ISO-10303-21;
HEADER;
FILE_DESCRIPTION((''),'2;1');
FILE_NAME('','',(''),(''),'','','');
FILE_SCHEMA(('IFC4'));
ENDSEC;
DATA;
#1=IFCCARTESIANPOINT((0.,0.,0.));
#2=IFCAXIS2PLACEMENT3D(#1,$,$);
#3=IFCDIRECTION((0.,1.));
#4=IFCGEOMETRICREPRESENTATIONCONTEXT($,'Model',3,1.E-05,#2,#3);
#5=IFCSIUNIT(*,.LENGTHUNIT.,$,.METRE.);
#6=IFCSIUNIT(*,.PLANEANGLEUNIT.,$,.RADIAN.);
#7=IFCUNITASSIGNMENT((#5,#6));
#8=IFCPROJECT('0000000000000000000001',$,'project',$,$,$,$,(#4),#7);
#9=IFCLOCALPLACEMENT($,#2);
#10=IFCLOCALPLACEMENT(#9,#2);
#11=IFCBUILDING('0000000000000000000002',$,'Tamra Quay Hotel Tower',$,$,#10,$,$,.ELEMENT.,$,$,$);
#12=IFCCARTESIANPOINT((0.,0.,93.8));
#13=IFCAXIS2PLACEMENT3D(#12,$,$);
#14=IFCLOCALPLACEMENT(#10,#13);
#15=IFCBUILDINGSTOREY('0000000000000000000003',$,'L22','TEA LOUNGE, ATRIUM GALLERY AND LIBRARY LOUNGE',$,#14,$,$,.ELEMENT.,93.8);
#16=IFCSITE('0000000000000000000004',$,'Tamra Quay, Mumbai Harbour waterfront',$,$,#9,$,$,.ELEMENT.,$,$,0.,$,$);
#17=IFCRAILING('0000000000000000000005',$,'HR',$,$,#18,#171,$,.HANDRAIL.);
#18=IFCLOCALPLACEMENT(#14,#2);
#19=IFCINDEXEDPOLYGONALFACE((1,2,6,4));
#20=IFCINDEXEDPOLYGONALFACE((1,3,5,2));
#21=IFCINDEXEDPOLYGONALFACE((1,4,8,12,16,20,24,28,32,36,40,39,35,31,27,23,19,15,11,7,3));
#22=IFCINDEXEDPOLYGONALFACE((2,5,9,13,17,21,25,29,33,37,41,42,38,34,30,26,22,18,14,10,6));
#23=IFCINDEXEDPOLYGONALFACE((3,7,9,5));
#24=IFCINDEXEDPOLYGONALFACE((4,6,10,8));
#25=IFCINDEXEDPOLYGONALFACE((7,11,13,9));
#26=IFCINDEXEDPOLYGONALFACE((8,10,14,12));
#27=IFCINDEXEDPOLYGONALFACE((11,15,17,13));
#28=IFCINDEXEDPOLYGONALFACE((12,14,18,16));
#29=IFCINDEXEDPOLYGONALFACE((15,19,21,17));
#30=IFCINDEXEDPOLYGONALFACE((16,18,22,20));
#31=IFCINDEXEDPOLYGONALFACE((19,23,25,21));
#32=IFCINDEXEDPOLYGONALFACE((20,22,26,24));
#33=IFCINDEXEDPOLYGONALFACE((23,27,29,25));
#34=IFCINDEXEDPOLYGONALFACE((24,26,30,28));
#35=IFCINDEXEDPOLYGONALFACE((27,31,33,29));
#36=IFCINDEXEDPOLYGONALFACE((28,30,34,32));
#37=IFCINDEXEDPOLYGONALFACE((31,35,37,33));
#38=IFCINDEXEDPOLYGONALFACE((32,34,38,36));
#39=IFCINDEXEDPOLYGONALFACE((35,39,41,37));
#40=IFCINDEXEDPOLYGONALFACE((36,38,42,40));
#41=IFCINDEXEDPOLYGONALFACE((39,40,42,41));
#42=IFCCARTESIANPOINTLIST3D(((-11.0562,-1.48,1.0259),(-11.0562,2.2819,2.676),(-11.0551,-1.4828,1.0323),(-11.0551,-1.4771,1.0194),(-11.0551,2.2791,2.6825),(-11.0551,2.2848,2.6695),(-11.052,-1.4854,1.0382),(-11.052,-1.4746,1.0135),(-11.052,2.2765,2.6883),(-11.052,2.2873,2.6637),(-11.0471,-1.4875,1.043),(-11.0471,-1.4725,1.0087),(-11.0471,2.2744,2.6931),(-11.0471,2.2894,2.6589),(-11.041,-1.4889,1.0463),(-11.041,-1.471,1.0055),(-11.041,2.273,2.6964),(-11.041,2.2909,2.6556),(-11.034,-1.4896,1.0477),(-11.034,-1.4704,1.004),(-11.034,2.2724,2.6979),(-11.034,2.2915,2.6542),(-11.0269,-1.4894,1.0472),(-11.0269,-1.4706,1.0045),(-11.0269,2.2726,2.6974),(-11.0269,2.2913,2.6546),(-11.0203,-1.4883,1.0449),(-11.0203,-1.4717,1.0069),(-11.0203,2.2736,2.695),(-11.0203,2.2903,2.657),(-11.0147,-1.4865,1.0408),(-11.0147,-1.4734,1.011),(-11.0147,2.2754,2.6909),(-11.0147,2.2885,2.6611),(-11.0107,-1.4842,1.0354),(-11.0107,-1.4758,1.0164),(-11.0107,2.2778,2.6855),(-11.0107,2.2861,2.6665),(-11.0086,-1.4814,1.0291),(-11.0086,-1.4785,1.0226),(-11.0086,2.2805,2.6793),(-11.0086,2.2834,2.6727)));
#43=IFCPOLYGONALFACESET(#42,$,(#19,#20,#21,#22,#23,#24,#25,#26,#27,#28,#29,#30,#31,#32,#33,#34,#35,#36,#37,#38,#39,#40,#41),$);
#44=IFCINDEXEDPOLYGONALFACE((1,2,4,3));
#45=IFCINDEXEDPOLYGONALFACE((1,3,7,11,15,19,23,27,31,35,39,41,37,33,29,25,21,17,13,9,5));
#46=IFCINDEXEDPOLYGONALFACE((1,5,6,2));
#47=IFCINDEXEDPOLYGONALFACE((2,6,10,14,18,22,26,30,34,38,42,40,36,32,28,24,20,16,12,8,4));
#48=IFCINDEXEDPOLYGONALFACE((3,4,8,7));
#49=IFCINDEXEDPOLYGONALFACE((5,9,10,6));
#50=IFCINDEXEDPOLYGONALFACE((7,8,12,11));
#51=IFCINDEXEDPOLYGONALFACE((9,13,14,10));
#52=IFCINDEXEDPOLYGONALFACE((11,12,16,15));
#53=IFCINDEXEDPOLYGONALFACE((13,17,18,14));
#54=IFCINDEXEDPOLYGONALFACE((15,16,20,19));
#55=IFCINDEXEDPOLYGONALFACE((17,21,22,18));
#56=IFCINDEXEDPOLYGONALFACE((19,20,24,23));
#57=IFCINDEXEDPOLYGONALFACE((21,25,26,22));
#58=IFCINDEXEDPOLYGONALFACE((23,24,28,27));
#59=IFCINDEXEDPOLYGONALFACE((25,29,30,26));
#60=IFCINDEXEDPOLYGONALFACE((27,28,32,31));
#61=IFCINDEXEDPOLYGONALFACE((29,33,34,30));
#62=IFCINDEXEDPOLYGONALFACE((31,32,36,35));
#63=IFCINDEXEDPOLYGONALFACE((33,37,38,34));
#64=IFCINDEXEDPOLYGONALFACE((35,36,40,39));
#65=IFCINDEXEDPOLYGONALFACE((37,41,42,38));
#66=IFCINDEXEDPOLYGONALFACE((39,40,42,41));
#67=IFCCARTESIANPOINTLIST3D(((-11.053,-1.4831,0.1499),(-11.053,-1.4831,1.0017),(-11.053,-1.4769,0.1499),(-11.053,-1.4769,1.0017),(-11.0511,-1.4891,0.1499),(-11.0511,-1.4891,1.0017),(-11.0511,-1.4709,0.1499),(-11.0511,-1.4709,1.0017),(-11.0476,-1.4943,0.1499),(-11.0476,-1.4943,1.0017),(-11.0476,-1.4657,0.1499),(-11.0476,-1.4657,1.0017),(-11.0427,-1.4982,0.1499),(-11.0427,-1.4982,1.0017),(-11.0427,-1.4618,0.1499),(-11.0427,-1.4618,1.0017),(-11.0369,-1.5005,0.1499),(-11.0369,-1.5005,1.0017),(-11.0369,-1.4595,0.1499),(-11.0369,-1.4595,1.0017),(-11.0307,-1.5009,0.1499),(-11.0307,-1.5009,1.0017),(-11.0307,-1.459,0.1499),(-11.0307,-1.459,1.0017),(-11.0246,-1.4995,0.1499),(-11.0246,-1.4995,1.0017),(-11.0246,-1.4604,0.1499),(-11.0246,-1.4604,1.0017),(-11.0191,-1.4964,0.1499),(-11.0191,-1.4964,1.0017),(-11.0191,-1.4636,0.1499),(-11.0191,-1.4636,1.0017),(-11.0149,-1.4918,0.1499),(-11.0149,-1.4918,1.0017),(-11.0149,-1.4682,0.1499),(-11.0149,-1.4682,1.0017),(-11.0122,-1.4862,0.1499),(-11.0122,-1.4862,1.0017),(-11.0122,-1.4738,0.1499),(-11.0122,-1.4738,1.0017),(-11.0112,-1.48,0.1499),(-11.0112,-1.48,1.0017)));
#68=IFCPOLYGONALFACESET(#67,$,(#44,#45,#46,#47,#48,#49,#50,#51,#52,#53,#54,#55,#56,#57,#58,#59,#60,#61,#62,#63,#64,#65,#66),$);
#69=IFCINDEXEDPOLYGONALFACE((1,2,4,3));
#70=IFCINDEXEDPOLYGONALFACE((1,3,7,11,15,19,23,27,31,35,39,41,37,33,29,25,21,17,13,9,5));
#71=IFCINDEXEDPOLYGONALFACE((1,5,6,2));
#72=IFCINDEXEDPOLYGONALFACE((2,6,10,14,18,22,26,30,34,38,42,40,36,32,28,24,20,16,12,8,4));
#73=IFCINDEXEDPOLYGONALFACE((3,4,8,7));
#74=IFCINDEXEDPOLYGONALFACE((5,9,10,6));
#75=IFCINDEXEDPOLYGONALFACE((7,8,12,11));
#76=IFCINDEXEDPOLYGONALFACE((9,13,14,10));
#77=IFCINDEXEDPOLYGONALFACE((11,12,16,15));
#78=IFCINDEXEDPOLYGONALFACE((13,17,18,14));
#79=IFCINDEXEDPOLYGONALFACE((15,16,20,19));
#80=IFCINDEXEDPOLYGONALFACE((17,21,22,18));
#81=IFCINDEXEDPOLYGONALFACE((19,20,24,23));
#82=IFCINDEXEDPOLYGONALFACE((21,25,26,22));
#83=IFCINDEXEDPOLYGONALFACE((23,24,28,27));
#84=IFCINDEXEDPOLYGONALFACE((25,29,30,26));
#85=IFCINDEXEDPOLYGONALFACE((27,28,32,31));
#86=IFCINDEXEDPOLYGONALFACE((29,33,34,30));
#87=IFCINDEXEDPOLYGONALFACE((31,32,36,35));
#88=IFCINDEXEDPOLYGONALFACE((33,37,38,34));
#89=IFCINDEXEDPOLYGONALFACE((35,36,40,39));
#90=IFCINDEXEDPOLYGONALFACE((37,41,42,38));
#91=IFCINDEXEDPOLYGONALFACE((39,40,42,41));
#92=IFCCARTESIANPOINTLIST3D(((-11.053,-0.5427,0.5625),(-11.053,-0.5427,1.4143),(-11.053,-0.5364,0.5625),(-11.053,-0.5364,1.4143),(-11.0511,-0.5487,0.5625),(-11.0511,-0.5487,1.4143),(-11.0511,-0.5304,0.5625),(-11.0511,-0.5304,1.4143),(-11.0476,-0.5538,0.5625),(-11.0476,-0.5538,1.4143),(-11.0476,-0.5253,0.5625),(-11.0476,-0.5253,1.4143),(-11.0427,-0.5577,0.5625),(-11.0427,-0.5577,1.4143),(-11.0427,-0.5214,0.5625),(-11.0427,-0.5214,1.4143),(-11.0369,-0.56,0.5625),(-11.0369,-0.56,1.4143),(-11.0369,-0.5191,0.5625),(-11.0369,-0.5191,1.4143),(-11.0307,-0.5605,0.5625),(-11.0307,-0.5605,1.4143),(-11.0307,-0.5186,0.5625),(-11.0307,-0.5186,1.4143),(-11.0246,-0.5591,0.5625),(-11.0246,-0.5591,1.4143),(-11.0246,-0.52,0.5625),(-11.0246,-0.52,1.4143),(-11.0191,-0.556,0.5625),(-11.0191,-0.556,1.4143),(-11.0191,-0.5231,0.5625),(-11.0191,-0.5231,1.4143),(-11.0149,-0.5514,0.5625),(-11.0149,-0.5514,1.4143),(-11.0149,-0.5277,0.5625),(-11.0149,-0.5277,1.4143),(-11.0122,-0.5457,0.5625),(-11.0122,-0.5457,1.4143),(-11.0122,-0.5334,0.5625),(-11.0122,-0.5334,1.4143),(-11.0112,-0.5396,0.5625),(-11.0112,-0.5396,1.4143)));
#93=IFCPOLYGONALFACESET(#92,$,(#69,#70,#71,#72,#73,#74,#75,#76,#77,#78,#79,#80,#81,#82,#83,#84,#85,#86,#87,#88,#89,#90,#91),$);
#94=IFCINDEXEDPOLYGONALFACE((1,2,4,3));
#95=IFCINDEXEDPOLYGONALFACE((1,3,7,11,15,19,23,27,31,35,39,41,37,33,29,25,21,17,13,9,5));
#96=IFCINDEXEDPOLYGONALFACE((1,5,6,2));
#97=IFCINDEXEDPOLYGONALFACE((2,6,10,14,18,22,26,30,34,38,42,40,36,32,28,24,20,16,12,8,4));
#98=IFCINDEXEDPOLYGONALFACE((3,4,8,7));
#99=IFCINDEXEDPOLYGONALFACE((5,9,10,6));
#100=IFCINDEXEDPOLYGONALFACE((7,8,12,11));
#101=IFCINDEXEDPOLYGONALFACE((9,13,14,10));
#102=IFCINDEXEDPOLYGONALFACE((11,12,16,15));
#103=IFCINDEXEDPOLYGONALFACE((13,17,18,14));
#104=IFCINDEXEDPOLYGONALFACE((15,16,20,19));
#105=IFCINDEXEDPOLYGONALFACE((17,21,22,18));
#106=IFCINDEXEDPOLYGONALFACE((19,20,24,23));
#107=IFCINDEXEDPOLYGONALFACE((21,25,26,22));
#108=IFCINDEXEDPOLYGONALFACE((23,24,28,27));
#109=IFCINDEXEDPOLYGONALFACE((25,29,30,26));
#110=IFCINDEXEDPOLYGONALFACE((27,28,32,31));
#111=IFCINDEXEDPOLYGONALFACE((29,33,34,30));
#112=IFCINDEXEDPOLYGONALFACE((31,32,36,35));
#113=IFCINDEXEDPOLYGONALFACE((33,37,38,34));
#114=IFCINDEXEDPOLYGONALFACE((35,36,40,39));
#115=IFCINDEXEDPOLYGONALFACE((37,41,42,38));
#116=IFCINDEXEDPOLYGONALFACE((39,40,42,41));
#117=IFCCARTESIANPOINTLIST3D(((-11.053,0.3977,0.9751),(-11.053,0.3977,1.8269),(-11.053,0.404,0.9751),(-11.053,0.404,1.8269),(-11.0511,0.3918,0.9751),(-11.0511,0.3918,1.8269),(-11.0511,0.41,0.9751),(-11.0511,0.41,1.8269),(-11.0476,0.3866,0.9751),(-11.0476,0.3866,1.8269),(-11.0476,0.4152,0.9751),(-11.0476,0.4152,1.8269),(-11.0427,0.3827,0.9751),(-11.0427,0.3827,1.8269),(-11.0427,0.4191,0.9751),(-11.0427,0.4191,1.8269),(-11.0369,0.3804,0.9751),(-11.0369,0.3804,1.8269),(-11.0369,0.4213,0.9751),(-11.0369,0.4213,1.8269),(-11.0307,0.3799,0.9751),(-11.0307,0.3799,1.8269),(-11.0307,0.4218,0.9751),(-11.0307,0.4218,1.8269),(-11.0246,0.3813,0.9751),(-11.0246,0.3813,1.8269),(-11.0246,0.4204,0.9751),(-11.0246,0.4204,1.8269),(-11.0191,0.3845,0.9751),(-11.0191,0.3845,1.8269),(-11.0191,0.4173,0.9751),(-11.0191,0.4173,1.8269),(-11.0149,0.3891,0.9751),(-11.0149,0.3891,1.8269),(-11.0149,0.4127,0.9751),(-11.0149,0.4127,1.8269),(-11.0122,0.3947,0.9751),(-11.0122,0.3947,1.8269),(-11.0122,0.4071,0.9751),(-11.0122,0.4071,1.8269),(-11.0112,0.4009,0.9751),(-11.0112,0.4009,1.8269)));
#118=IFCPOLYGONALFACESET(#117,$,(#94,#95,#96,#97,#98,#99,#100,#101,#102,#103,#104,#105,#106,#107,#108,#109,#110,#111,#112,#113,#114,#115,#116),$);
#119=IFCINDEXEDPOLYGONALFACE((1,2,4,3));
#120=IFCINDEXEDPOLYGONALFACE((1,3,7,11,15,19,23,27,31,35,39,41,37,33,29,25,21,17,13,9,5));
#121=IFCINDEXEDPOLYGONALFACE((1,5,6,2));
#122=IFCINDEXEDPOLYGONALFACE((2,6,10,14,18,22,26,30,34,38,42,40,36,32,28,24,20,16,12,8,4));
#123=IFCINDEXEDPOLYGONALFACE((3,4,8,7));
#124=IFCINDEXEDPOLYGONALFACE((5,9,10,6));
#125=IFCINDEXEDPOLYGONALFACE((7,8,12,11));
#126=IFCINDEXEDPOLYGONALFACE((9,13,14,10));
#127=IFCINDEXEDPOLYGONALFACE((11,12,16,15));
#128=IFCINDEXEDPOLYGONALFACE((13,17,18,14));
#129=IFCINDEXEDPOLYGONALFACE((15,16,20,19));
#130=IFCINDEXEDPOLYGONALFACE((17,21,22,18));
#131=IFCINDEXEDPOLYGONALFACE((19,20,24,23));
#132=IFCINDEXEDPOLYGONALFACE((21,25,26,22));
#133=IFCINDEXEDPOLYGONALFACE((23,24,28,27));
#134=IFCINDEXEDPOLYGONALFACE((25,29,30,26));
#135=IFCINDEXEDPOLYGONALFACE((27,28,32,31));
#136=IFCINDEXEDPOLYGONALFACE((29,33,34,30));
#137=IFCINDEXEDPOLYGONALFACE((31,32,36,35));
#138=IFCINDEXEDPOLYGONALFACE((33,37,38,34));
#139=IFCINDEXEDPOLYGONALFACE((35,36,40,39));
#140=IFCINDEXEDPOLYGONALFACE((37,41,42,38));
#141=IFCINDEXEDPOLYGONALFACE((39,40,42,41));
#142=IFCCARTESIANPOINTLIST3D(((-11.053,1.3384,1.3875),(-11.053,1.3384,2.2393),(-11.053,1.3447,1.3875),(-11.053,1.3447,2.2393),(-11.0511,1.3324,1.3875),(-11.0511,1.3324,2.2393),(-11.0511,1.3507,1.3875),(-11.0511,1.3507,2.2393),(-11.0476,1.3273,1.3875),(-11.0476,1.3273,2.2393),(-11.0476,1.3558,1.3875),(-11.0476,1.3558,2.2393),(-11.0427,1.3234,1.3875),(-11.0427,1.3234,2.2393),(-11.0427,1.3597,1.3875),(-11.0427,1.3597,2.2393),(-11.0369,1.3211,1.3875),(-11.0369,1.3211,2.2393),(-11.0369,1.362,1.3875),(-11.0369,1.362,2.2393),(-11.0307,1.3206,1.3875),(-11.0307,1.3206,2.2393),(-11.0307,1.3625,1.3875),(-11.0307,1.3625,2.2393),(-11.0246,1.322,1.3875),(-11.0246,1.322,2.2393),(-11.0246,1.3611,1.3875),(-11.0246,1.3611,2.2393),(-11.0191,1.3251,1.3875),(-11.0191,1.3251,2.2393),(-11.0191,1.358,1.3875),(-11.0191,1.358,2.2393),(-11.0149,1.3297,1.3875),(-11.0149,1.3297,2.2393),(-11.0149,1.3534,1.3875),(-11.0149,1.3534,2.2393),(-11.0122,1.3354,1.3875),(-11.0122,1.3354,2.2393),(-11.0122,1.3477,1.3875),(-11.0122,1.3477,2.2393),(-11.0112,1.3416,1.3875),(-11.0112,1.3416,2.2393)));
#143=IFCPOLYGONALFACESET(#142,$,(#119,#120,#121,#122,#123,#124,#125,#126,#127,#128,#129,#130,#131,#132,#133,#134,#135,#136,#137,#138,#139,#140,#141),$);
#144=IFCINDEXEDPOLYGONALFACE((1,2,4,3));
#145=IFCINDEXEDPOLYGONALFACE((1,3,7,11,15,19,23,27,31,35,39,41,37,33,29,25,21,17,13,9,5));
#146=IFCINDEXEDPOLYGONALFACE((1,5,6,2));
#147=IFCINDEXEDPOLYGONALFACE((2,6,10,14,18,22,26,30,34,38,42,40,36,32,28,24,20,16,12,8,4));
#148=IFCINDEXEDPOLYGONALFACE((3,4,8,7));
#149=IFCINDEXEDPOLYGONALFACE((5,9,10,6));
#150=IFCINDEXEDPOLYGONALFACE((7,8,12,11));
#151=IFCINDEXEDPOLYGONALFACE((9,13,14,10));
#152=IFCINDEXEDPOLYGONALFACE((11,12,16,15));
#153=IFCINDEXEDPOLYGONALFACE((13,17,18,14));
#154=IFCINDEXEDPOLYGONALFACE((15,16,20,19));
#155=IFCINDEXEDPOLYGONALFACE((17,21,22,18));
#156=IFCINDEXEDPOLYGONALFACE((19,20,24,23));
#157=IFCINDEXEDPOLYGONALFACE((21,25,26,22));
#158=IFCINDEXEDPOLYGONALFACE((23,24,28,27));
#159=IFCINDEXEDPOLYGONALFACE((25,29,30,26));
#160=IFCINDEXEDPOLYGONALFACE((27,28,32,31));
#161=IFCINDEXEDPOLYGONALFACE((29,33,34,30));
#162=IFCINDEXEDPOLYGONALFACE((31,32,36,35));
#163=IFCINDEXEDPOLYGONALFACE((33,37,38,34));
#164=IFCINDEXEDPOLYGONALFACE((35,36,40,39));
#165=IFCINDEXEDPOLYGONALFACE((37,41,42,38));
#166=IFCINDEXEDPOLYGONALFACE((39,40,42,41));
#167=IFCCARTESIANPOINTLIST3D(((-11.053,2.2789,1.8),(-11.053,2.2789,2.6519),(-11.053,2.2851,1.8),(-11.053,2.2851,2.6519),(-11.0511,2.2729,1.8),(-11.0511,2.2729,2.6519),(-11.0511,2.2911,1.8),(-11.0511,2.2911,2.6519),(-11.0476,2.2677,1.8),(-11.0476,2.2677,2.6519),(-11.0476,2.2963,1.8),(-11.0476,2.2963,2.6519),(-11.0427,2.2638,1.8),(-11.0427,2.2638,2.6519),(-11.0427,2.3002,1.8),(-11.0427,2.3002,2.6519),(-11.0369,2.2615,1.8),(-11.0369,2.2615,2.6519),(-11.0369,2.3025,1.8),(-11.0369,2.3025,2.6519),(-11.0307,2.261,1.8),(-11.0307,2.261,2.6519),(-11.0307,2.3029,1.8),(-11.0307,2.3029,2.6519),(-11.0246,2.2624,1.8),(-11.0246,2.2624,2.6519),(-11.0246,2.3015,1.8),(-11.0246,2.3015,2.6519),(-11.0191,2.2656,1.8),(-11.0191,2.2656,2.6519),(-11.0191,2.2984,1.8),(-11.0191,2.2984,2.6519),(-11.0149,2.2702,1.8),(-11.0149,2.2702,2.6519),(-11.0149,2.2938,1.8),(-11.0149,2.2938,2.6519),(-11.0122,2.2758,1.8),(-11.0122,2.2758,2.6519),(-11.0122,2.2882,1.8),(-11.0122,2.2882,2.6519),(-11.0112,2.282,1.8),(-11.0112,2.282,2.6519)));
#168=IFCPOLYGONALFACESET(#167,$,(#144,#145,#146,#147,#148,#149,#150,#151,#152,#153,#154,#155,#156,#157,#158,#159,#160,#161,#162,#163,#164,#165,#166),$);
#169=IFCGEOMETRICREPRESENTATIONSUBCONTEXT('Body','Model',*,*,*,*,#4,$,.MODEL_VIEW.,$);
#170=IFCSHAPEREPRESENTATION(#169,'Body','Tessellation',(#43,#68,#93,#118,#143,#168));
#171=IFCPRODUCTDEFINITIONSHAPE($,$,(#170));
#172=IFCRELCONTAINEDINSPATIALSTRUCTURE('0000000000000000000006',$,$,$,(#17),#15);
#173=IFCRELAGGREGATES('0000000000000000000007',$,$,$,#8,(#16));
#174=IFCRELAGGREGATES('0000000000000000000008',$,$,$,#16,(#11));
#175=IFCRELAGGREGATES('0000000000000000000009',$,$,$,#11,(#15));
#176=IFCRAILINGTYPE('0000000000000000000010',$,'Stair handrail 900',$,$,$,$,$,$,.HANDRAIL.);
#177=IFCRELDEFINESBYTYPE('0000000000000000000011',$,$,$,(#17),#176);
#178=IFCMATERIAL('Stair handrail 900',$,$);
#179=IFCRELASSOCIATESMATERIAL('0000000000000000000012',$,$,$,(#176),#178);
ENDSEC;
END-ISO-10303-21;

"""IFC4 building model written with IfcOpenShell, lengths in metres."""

from ifc_helpers import new_model, si_unit, direction, frame, origin, origin_2d, place, context, subcontext, project, spatial, circle, extrude, material, type_object, element, save


model = new_model("IFC4")

# Units and contexts
model_context = context("Model", 3, precision=1e-05, world=origin(), true_north=direction((0.0, 1.0)))
body_context = subcontext(model_context, "Body", "Model", "MODEL_VIEW")
ifc_project = project(units=[si_unit("LENGTHUNIT", "METRE"), si_unit("PLANEANGLEUNIT", "RADIAN")], contexts=[model_context])

# Site, building, storey
site_placement = place(None, origin())
site = spatial("IfcSite", under=ifc_project, at=site_placement, Name="Tamra Quay, Mumbai Harbour waterfront", CompositionType="ELEMENT", RefElevation=0.0)
building_placement = place(site_placement, origin())
building = spatial("IfcBuilding", under=site, at=building_placement, Name="Tamra Quay Hotel Tower", CompositionType="ELEMENT")
storey_placement = place(building_placement, frame((0.0, 0.0, 93.8)))
storey = spatial("IfcBuildingStorey", under=building, at=storey_placement, Name="L22", Description="TEA LOUNGE, ATRIUM GALLERY AND LIBRARY LOUNGE", CompositionType="ELEMENT", Elevation=93.8)

# Railing
ifc_material_1 = material(Name="Stair handrail 900")
railing_type_1 = type_object("IfcRailingType", Name="Stair handrail 900", PredefinedType="HANDRAIL", material=ifc_material_1)
railing_1_placement = place(storey_placement, frame((-11.0322, -1.48, 0.1499)))
element("IfcRailing", 1, at=railing_1_placement, inside=storey, type_object=railing_type_1, Name="HR", PredefinedType="HANDRAIL", context=body_context, shape_type="SweptSolid", body=[
    extrude(circle(Radius=0.0239, at=origin_2d()), frame((0.0, 0.0, 0.876), z_axis=(0.0, 0.915774, 0.401695), x_axis=(-1.0, 0.0, 0.0)), (0.0, 0.0, 1.0), 4.1079),
    extrude(circle(Radius=0.021, at=origin_2d()), origin(), (0.0, 0.0, 1.0), 0.8518),
    extrude(circle(Radius=0.021, at=origin_2d()), frame((0.0, 0.9404, 0.4126)), (0.0, 0.0, 1.0), 0.8518),
    extrude(circle(Radius=0.021, at=origin_2d()), frame((0.0, 1.8809, 0.8252)), (0.0, 0.0, 1.0), 0.8518),
    extrude(circle(Radius=0.021, at=origin_2d()), frame((0.0, 2.8215, 1.2375)), (0.0, 0.0, 1.0), 0.8518),
    extrude(circle(Radius=0.021, at=origin_2d()), frame((0.0, 3.762, 1.6501)), (0.0, 0.0, 1.0), 0.8518),
])

save(model, "model.ifc")
